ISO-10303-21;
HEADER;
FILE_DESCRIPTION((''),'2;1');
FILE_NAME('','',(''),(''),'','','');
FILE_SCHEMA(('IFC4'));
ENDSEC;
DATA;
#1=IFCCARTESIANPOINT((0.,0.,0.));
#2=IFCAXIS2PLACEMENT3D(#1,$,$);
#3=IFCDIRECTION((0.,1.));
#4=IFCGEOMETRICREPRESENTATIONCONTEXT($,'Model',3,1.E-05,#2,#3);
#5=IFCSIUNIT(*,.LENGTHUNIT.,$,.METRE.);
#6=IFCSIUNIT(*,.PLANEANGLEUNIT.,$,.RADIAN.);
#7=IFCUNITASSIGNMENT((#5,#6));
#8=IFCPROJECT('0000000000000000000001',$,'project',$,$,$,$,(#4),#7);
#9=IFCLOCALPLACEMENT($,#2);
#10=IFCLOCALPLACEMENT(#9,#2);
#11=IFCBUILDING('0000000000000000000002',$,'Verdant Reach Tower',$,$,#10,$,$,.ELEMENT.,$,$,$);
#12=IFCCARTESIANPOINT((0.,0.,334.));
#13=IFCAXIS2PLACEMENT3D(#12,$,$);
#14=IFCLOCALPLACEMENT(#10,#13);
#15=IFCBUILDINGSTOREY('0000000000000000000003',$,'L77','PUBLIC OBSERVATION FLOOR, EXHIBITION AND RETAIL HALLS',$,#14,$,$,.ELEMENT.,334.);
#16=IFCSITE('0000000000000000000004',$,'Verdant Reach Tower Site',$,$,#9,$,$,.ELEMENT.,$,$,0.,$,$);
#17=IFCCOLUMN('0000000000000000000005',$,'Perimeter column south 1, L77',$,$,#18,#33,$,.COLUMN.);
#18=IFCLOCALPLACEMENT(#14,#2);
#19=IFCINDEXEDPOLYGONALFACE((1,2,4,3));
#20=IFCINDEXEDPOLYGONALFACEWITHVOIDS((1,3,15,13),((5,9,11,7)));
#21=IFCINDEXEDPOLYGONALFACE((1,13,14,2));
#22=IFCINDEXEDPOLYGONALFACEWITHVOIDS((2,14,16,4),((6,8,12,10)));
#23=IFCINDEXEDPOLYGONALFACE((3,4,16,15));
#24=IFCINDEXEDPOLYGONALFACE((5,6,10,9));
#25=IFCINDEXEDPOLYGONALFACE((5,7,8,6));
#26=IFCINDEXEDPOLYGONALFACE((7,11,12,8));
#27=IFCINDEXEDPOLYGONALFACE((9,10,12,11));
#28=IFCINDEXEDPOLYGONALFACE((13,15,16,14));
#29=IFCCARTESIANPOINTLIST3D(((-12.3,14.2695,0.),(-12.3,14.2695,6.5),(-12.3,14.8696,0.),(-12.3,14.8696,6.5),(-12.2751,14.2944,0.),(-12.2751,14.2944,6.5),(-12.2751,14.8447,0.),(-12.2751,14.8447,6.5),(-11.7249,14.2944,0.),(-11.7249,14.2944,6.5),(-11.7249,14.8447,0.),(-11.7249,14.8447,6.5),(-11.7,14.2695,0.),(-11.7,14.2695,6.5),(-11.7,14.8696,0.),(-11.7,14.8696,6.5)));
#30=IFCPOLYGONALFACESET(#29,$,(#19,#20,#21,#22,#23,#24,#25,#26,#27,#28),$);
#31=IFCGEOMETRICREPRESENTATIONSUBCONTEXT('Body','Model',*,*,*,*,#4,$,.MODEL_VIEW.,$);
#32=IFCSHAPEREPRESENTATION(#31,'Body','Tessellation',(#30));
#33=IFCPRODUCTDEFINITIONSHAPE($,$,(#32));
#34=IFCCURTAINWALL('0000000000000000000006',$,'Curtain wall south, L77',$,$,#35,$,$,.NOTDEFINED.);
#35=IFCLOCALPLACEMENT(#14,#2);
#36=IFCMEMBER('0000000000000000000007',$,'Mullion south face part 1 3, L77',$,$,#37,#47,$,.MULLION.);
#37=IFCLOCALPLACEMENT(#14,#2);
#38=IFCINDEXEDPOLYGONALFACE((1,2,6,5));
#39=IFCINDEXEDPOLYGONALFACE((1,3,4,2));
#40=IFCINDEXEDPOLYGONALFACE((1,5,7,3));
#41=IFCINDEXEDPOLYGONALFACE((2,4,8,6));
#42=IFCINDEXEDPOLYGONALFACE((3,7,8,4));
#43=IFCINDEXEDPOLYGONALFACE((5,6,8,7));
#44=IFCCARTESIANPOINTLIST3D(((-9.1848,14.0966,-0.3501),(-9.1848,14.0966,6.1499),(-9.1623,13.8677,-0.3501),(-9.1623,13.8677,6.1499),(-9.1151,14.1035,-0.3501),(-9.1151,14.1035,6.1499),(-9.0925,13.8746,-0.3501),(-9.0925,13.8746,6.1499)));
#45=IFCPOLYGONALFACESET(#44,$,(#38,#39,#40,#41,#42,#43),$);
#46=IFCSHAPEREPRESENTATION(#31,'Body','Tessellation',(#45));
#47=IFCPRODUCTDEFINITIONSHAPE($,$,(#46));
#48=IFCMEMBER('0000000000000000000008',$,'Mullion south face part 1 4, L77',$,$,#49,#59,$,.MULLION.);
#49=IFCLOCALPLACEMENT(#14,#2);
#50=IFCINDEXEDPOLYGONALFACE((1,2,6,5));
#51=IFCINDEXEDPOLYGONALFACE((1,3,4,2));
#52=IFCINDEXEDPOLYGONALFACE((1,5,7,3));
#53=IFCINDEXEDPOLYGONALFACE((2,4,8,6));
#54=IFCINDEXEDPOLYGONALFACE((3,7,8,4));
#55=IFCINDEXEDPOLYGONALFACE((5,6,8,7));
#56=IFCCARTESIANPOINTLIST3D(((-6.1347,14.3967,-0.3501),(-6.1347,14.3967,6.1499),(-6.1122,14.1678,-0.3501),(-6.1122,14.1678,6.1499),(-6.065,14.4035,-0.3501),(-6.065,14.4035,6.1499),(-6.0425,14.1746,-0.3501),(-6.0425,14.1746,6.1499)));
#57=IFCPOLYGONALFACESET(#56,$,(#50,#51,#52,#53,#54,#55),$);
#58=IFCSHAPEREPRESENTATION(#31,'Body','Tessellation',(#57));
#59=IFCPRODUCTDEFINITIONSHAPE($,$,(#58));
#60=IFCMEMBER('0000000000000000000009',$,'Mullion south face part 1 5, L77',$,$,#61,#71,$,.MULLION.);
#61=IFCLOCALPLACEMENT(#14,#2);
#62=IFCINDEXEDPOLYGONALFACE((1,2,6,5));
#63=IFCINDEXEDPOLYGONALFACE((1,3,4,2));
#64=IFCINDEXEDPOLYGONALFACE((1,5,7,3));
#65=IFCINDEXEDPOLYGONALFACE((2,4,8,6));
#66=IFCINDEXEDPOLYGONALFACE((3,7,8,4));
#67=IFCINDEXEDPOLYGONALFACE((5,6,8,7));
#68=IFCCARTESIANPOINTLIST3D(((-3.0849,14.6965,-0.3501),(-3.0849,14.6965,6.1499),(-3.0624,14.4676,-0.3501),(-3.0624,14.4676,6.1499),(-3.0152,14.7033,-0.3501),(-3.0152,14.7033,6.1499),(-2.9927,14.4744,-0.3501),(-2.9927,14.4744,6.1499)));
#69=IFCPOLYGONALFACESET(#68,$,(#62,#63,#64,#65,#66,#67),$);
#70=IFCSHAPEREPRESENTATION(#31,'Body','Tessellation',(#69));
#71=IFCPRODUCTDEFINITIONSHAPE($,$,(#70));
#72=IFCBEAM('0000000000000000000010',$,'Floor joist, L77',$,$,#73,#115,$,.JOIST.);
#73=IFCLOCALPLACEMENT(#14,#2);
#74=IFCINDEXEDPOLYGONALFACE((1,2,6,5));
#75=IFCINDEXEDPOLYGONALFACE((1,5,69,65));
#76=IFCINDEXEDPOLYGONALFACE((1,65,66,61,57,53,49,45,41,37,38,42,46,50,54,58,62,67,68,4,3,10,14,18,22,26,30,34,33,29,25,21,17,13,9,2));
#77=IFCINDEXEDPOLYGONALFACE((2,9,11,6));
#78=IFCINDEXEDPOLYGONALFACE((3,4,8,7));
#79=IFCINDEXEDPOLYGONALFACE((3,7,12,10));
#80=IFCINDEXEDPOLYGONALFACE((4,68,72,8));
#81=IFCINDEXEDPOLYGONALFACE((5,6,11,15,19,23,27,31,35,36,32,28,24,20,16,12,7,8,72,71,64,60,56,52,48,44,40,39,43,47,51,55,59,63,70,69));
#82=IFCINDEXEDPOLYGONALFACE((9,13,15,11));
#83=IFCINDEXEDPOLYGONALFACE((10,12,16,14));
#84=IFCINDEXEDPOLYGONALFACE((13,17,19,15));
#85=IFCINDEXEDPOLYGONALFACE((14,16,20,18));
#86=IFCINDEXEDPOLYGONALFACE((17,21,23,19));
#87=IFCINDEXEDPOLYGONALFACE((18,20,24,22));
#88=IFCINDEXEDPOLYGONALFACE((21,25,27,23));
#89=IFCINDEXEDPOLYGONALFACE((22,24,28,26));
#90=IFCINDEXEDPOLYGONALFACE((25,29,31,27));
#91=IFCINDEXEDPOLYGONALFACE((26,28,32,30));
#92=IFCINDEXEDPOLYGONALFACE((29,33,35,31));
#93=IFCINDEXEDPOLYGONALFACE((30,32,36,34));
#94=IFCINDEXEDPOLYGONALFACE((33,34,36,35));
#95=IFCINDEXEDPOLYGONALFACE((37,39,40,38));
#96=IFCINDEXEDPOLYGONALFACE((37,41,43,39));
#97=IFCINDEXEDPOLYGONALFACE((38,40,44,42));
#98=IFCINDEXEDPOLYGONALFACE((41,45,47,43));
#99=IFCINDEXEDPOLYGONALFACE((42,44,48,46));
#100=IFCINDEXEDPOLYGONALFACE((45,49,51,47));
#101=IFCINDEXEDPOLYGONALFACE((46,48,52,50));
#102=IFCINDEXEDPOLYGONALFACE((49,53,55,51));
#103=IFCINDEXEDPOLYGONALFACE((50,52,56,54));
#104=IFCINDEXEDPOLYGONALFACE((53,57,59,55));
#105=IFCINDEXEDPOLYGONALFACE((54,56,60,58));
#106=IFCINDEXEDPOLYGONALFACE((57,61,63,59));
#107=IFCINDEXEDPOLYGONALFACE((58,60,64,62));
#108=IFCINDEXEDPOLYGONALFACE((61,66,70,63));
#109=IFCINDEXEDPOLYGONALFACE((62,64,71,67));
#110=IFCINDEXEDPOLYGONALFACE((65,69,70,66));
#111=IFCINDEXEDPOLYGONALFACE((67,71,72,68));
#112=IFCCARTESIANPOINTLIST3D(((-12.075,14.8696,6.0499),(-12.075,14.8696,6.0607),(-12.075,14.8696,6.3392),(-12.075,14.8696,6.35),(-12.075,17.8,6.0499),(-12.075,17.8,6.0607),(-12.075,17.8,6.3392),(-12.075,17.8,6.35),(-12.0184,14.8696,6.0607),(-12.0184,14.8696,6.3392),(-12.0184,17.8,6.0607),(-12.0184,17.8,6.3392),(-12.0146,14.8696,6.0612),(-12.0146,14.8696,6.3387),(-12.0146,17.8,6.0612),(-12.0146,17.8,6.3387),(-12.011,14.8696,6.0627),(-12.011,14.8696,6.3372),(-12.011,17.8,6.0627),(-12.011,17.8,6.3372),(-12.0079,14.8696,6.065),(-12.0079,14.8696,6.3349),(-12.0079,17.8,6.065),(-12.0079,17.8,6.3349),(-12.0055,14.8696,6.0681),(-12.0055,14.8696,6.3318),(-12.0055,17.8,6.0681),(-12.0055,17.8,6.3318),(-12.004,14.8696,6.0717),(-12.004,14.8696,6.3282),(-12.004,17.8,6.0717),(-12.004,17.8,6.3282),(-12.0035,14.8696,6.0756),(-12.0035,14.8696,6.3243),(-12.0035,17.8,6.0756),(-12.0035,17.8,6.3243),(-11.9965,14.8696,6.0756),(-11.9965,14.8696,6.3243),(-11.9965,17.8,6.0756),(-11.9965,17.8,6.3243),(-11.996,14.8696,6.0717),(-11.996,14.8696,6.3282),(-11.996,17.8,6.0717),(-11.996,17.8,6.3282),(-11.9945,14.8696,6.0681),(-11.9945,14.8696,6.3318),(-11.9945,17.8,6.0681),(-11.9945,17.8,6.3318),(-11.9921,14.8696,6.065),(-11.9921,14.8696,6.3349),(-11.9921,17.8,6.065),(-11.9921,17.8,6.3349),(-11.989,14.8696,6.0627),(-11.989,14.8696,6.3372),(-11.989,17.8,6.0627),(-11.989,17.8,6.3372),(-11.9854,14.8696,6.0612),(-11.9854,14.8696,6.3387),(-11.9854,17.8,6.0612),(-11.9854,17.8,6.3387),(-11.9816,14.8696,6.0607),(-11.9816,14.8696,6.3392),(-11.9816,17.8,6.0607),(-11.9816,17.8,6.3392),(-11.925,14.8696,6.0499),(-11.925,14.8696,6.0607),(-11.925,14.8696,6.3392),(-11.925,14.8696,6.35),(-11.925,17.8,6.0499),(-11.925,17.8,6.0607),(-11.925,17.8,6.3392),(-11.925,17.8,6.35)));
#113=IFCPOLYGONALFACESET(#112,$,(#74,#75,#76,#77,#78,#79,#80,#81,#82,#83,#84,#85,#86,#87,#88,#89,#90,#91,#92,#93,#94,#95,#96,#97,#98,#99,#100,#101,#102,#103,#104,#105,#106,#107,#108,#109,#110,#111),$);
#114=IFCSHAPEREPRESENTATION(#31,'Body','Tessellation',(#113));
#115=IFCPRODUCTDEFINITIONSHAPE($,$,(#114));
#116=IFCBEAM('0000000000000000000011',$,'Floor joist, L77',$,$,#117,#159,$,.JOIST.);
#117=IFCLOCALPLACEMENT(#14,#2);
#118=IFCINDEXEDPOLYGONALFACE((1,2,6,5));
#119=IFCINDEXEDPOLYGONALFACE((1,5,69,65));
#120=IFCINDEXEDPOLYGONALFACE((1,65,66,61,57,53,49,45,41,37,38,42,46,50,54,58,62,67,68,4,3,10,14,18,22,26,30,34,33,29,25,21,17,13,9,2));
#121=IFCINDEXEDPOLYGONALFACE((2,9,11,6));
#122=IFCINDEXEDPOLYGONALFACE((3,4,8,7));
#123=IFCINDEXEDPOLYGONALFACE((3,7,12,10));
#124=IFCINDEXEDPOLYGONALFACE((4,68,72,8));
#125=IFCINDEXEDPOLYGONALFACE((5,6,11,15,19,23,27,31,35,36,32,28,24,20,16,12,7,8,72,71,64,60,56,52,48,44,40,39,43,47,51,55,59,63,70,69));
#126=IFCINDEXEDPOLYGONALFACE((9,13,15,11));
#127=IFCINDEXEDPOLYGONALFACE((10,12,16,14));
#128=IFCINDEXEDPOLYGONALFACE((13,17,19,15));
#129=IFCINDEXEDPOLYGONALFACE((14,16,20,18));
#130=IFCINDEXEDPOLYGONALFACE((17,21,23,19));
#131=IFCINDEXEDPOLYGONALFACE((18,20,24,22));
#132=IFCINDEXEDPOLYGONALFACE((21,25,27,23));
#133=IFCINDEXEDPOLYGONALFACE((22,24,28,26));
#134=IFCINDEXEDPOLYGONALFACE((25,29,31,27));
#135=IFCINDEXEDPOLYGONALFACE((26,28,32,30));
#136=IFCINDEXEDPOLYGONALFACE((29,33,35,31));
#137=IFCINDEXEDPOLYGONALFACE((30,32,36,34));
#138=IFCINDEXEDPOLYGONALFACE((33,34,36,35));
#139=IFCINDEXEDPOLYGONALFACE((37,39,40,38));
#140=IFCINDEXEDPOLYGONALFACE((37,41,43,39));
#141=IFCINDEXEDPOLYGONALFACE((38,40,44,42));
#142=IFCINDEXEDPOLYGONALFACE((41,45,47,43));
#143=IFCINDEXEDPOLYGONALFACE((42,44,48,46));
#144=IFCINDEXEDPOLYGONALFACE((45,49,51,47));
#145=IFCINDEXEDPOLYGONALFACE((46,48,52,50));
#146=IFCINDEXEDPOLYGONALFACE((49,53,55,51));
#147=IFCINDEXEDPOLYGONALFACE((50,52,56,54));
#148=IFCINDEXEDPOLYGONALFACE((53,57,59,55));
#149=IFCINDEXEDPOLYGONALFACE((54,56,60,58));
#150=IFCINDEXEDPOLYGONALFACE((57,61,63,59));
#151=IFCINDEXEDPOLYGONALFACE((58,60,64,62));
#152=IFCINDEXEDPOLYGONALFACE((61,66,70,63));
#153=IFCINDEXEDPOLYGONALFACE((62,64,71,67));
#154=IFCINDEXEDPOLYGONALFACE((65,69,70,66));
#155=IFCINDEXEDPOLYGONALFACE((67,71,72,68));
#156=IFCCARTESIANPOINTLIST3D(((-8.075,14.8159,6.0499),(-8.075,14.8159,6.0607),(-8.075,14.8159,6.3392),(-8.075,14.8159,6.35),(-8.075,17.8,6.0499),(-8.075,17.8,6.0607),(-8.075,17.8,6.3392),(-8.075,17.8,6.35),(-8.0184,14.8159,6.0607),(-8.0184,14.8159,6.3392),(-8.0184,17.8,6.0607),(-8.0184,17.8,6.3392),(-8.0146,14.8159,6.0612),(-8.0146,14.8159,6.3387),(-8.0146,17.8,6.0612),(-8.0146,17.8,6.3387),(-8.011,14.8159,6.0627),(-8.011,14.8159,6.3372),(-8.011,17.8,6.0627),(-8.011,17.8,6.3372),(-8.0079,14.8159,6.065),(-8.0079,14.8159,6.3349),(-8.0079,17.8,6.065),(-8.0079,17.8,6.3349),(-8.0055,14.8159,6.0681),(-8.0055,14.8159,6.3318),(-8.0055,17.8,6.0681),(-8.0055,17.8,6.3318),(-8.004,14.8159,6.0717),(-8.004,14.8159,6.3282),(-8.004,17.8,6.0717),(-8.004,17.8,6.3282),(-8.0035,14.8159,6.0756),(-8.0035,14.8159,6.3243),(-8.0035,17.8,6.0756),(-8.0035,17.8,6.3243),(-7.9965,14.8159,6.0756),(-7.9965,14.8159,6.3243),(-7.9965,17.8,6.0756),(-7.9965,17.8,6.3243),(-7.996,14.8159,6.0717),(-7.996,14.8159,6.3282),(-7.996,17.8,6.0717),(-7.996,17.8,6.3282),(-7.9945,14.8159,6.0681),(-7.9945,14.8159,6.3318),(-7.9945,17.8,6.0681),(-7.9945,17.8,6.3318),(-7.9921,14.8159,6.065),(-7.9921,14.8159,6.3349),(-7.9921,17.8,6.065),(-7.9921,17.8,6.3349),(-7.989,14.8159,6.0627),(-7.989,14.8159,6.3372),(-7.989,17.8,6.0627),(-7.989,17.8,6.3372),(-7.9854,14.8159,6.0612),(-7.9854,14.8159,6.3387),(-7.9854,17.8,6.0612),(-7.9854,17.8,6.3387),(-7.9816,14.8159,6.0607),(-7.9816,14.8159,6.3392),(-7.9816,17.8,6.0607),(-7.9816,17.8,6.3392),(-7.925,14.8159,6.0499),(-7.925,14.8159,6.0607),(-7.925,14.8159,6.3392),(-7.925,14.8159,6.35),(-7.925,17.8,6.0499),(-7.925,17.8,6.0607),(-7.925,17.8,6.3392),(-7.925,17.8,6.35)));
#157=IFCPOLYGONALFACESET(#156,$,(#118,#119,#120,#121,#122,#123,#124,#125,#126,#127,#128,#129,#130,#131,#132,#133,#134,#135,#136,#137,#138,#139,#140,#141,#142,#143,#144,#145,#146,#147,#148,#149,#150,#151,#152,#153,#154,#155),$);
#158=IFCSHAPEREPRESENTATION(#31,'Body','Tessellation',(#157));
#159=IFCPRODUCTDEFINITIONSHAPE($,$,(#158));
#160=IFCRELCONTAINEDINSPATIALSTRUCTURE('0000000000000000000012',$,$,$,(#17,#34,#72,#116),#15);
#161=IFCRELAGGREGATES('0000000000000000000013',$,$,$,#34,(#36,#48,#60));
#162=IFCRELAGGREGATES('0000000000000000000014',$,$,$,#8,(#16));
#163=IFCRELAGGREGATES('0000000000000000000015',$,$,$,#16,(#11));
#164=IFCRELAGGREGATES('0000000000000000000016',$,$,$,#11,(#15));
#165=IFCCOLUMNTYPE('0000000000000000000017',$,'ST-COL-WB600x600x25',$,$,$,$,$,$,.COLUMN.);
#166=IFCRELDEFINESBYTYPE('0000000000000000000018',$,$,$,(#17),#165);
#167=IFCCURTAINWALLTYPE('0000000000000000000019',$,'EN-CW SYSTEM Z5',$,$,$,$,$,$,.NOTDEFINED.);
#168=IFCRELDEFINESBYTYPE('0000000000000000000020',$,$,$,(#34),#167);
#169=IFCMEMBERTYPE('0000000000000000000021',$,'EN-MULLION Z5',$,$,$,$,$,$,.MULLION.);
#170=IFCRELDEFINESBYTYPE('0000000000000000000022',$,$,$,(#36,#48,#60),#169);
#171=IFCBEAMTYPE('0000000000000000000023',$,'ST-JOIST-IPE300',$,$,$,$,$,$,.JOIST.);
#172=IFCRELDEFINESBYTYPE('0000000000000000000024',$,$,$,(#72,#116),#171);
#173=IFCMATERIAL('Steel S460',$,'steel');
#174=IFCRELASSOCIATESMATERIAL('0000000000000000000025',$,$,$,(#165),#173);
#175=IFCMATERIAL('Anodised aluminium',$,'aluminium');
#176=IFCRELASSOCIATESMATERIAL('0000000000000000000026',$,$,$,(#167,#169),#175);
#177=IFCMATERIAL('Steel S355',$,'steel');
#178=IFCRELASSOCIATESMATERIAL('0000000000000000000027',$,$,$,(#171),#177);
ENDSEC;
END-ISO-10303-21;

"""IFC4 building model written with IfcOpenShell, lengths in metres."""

from ifc_helpers import new_model, si_unit, direction, frame, origin, origin_2d, place, context, subcontext, project, spatial, rectangle, hollow_rectangle, i_section, extrude, material, material_profile, profile_set, type_object, element, aggregate, save


model = new_model("IFC4")

# Units and contexts
model_context = context("Model", 3, precision=1e-05, world=origin(), true_north=direction((0.0, 1.0)))
body_context = subcontext(model_context, "Body", "Model", "MODEL_VIEW")
ifc_project = project(units=[si_unit("LENGTHUNIT", "METRE"), si_unit("PLANEANGLEUNIT", "RADIAN")], contexts=[model_context])

# Site, building, storey
site_placement = place(None, origin())
site = spatial("IfcSite", under=ifc_project, at=site_placement, Name="Verdant Reach Tower Site", CompositionType="ELEMENT", RefElevation=0.0)
building_placement = place(site_placement, origin())
building = spatial("IfcBuilding", under=site, at=building_placement, Name="Verdant Reach Tower", CompositionType="ELEMENT")
storey_placement = place(building_placement, frame((0.0, 0.0, 334.0)))
storey = spatial("IfcBuildingStorey", under=building, at=storey_placement, Name="L77", Description="PUBLIC OBSERVATION FLOOR, EXHIBITION AND RETAIL HALLS", CompositionType="ELEMENT", Elevation=334.0)

# Column
ifc_material_1 = material(Name="Steel S460", Category="steel")
ifc_material_profile_1 = material_profile(ifc_material_1, hollow_rectangle(XDim=0.6001, YDim=0.6001, WallThickness=0.0249, at=origin_2d()), Name="WB 600x600x25")
ifc_profile_set_1 = profile_set([ifc_material_profile_1], Name="Steel S460")
column_type = type_object("IfcColumnType", Name="ST-COL-WB600x600x25", PredefinedType="COLUMN", material=ifc_profile_set_1)
column_placement = place(storey_placement, frame((-12.0, 14.5696, 0.0), z_axis=(0.0, 0.0, 1.0), x_axis=(1.0, 0.0, 0.0)))
element("IfcColumn", 1, at=column_placement, inside=storey, type_object=column_type, Name="Perimeter column south 1, L77", PredefinedType="COLUMN", context=body_context, shape_type="SweptSolid", body=[
    extrude(hollow_rectangle(XDim=0.6001, YDim=0.6001, WallThickness=0.0249, at=origin_2d()), origin(), (0.0, 0.0, 1.0), 6.5),
])

# Curtain wall, members
ifc_material_2 = material(Name="Anodised aluminium", Category="aluminium")
curtain_wall_type = type_object("IfcCurtainWallType", Name="EN-CW SYSTEM Z5", PredefinedType="NOTDEFINED", material=ifc_material_2)
curtain_wall_placement = place(storey_placement, origin())
curtain_wall = element("IfcCurtainWall", 2, at=curtain_wall_placement, inside=storey, type_object=curtain_wall_type, Name="Curtain wall south, L77", PredefinedType="NOTDEFINED")
ifc_material_profile_2 = material_profile(ifc_material_2, rectangle(XDim=0.23, YDim=0.0701, at=origin_2d()), Name="Mullion 70x230")
ifc_profile_set_2 = profile_set([ifc_material_profile_2], Name="Anodised aluminium")
member_type = type_object("IfcMemberType", Name="EN-MULLION Z5", PredefinedType="MULLION", material=ifc_profile_set_2)
member_1_placement = place(storey_placement, frame((-9.1387, 13.9856, -0.3501), z_axis=(0.0, 0.0, 1.0), x_axis=(0.097888, -0.995197, 0.0)))
member_1 = element("IfcMember", 3, at=member_1_placement, type_object=member_type, Name="Mullion south face part 1 3, L77", PredefinedType="MULLION", context=body_context, shape_type="SweptSolid", body=[
    extrude(rectangle(XDim=0.23, YDim=0.0701, at=origin_2d()), origin(), (0.0, 0.0, 1.0), 6.5),
])
member_2_placement = place(storey_placement, frame((-6.0886, 14.2856, -0.3501), z_axis=(0.0, 0.0, 1.0), x_axis=(0.097888, -0.995197, 0.0)))
member_2 = element("IfcMember", 4, at=member_2_placement, type_object=member_type, Name="Mullion south face part 1 4, L77", PredefinedType="MULLION", context=body_context, shape_type="SweptSolid", body=[
    extrude(rectangle(XDim=0.23, YDim=0.0701, at=origin_2d()), origin(), (0.0, 0.0, 1.0), 6.5),
])
member_3_placement = place(storey_placement, frame((-3.0388, 14.5854, -0.3501), z_axis=(0.0, 0.0, 1.0), x_axis=(0.097888, -0.995197, 0.0)))
member_3 = element("IfcMember", 5, at=member_3_placement, type_object=member_type, Name="Mullion south face part 1 5, L77", PredefinedType="MULLION", context=body_context, shape_type="SweptSolid", body=[
    extrude(rectangle(XDim=0.23, YDim=0.0701, at=origin_2d()), origin(), (0.0, 0.0, 1.0), 6.5),
])

# Beams
ifc_material_3 = material(Name="Steel S355", Category="steel")
ifc_material_profile_3 = material_profile(ifc_material_3, i_section(OverallWidth=0.1499, OverallDepth=0.3, WebThickness=0.0071, FlangeThickness=0.0107, FilletRadius=0.0149, at=origin_2d()), Name="IPE 300")
ifc_profile_set_3 = profile_set([ifc_material_profile_3], Name="Steel S355")
beam_type_1 = type_object("IfcBeamType", Name="ST-JOIST-IPE300", PredefinedType="JOIST", material=ifc_profile_set_3)
beam_1_placement = place(storey_placement, frame((-12.0, 17.8, 6.2), z_axis=(0.0, -1.0, 0.0), x_axis=(1.0, 0.0, 0.0)))
element("IfcBeam", 6, at=beam_1_placement, inside=storey, type_object=beam_type_1, Name="Floor joist, L77", PredefinedType="JOIST", context=body_context, shape_type="SweptSolid", body=[
    extrude(i_section(OverallWidth=0.1499, OverallDepth=0.3, WebThickness=0.0071, FlangeThickness=0.0107, FilletRadius=0.0149, at=origin_2d()), origin(), (0.0, 0.0, 1.0), 2.9304),
])
beam_2_placement = place(storey_placement, frame((-8.0, 17.8, 6.2), z_axis=(0.0, -1.0, 0.0), x_axis=(1.0, 0.0, 0.0)))
element("IfcBeam", 7, at=beam_2_placement, inside=storey, type_object=beam_type_1, Name="Floor joist, L77", PredefinedType="JOIST", context=body_context, shape_type="SweptSolid", body=[
    extrude(i_section(OverallWidth=0.1499, OverallDepth=0.3, WebThickness=0.0071, FlangeThickness=0.0107, FilletRadius=0.0149, at=origin_2d()), origin(), (0.0, 0.0, 1.0), 2.9841),
])

aggregate(curtain_wall, [member_1, member_2, member_3])

save(model, "model.ifc")
